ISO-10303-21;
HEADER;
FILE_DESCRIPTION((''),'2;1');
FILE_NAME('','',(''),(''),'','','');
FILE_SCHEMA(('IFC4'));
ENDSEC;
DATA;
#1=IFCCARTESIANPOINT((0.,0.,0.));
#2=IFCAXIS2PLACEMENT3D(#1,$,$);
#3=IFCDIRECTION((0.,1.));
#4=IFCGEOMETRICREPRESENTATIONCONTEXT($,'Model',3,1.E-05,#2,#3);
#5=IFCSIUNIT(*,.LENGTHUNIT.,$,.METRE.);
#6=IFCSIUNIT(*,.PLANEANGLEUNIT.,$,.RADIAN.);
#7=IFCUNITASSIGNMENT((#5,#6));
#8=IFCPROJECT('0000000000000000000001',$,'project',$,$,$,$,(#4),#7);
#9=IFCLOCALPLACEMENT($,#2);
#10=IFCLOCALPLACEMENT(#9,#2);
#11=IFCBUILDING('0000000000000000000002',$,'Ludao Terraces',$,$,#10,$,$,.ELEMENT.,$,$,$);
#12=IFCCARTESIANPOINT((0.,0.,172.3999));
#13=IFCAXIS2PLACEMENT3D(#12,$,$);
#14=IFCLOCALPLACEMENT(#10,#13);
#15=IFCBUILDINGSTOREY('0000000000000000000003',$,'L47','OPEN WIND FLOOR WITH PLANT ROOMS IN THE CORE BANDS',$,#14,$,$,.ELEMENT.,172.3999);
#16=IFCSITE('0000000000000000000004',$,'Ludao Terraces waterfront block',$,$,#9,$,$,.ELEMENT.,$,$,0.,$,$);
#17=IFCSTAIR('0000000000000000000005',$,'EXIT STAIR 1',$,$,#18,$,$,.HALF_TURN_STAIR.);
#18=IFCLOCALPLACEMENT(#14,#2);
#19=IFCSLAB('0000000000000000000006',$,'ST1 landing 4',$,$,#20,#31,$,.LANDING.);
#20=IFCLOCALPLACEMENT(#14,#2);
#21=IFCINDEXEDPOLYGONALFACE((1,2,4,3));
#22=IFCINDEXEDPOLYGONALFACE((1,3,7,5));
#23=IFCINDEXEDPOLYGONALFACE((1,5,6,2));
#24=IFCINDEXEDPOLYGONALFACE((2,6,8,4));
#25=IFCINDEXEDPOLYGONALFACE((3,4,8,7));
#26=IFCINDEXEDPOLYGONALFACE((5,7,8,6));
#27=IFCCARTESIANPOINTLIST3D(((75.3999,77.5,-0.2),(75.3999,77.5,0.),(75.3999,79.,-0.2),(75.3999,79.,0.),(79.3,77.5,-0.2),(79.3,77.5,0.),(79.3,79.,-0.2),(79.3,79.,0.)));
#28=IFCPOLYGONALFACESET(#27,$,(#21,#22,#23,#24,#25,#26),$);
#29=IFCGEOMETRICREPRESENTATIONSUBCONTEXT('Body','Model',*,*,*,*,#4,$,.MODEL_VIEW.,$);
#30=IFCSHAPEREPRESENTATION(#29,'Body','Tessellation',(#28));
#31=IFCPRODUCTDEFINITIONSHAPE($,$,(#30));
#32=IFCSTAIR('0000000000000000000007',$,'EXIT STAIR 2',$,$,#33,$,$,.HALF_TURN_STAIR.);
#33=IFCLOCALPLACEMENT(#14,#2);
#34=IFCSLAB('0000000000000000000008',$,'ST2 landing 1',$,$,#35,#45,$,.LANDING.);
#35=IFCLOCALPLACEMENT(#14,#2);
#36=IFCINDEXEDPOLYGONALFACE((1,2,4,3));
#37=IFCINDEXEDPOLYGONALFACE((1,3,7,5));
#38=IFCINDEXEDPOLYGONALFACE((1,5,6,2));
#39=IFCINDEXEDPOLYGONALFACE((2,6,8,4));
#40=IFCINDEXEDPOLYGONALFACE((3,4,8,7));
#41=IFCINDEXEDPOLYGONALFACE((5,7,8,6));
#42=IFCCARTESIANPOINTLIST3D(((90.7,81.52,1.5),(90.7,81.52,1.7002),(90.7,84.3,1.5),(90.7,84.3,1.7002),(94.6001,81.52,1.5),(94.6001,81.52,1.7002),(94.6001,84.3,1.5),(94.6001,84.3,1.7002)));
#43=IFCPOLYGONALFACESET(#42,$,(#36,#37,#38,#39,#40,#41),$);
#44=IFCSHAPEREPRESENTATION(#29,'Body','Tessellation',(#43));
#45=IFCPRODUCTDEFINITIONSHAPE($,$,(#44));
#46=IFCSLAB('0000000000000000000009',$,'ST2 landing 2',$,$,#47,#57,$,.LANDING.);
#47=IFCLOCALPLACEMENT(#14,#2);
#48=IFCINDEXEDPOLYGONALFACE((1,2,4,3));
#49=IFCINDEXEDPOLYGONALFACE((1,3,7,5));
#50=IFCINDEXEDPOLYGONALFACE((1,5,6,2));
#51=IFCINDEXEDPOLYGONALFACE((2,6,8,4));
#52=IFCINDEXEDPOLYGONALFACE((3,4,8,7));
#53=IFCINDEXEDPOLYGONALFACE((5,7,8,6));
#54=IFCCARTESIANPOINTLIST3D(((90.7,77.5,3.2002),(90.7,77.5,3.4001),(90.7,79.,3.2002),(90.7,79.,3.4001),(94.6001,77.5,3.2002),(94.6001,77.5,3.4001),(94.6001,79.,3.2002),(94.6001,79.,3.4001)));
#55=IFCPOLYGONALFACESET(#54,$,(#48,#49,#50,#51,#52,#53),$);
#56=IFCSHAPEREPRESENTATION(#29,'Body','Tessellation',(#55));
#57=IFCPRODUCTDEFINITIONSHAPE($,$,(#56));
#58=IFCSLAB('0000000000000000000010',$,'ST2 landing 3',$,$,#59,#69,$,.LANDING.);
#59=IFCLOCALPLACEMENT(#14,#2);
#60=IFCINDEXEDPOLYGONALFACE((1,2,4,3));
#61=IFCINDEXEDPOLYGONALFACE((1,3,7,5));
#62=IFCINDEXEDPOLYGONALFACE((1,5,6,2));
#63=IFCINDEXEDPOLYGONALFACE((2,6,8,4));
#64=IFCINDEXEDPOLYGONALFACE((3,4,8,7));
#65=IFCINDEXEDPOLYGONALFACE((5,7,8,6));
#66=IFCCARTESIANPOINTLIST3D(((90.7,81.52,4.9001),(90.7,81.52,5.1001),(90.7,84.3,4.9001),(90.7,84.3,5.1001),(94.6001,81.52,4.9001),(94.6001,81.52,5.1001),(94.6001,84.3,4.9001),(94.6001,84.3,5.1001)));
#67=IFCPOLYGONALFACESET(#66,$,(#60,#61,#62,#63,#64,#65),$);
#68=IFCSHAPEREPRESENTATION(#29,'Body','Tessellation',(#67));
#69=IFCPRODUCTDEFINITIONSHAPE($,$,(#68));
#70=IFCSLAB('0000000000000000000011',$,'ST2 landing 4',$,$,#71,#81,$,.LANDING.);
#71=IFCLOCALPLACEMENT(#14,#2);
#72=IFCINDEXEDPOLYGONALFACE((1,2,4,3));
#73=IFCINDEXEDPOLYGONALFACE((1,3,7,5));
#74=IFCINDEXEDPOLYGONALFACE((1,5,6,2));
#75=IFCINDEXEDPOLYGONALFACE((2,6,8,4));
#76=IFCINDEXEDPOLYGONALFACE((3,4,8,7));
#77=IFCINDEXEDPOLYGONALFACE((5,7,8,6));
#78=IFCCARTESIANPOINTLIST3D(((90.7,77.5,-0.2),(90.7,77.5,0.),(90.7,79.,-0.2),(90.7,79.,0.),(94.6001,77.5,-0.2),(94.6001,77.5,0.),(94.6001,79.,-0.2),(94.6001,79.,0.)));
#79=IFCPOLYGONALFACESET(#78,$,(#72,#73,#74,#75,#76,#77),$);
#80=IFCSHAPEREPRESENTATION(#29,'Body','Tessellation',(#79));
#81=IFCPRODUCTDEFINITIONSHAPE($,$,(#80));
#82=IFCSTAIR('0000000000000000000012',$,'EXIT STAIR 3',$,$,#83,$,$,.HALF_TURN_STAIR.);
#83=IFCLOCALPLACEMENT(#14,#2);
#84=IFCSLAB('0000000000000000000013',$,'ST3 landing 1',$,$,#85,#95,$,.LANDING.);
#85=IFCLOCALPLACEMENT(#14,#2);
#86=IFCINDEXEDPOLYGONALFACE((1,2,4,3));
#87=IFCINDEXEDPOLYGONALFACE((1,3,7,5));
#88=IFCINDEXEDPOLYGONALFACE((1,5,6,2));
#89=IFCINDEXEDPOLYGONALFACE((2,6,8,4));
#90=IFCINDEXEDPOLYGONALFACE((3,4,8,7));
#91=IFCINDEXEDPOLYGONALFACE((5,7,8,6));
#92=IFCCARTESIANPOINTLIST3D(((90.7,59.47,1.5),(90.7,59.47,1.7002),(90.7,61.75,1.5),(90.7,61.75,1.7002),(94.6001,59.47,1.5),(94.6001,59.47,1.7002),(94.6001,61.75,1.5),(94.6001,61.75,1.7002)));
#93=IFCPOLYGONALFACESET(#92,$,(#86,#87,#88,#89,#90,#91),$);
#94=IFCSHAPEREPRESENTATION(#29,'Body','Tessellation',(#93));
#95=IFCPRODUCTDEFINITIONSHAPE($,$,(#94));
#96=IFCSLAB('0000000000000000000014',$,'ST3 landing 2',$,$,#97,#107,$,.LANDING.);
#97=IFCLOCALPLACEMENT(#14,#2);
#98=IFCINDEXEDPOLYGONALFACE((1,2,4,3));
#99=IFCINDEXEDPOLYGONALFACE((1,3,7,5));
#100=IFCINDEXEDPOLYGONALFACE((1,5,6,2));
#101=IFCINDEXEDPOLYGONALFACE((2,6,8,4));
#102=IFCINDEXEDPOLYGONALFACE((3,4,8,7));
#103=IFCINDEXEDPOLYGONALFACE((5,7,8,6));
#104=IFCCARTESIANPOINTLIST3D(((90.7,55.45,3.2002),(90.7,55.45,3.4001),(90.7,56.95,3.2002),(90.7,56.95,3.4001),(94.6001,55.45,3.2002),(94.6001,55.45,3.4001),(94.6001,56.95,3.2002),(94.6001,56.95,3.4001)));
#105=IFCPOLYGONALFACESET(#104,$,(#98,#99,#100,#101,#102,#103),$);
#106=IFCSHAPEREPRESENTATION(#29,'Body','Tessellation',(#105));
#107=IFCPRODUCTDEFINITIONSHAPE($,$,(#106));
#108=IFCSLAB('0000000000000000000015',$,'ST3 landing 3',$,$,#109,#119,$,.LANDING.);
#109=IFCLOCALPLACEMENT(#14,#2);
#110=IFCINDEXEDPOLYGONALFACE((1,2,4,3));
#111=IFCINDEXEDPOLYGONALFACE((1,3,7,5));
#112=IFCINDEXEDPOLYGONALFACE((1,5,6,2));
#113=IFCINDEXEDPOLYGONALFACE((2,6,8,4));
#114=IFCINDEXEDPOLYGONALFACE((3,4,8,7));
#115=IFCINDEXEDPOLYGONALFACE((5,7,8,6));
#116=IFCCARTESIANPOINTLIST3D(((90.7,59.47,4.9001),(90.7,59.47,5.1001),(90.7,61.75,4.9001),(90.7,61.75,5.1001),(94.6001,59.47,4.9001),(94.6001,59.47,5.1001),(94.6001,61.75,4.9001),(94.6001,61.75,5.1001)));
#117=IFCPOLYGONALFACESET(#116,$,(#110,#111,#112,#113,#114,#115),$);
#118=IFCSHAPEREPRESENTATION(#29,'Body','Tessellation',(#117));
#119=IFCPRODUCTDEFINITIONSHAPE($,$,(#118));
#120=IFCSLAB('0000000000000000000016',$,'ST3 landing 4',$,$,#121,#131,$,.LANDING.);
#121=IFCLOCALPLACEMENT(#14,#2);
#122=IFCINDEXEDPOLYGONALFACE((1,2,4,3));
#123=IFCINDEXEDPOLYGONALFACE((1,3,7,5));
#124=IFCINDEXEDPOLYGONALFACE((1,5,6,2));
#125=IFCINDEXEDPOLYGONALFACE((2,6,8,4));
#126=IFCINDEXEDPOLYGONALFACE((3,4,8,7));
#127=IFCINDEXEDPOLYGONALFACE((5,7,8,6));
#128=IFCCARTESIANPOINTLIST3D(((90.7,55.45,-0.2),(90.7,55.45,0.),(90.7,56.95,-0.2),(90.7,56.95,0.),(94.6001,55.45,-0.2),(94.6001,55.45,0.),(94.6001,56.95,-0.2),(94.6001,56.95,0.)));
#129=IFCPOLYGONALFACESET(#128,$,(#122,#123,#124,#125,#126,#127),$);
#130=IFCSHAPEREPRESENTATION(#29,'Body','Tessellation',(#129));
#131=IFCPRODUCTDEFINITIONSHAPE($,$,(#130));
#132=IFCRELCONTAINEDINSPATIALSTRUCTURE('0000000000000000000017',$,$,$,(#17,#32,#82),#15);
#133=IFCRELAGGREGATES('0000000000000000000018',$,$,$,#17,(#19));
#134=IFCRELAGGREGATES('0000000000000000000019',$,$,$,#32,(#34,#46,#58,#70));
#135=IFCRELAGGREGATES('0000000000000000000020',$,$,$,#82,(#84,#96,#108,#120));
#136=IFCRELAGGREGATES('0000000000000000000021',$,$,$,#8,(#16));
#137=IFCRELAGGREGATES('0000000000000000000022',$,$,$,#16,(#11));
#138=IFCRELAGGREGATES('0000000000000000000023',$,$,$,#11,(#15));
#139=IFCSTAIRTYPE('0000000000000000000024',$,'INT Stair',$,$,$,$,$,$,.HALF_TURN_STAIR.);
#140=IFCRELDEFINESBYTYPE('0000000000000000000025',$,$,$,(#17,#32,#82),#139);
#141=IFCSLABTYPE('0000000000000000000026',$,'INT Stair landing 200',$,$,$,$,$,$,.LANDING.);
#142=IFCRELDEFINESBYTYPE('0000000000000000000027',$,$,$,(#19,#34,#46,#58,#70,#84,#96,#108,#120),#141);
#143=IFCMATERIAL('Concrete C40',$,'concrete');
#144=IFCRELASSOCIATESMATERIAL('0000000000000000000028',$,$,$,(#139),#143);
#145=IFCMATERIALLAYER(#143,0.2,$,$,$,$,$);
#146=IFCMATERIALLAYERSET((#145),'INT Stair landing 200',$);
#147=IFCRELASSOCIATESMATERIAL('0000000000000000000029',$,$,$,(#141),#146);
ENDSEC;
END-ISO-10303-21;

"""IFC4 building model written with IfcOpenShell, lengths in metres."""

from ifc_helpers import new_model, si_unit, direction, frame, origin, place, context, subcontext, project, spatial, polyline, outline, extrude, material, layer, layer_set, type_object, element, aggregate, save


model = new_model("IFC4")

# Units and contexts
model_context = context("Model", 3, precision=1e-05, world=origin(), true_north=direction((0.0, 1.0)))
body_context = subcontext(model_context, "Body", "Model", "MODEL_VIEW")
ifc_project = project(units=[si_unit("LENGTHUNIT", "METRE"), si_unit("PLANEANGLEUNIT", "RADIAN")], contexts=[model_context])

# Site, building, storey
site_placement = place(None, origin())
site = spatial("IfcSite", under=ifc_project, at=site_placement, Name="Ludao Terraces waterfront block", CompositionType="ELEMENT", RefElevation=0.0)
building_placement = place(site_placement, origin())
building = spatial("IfcBuilding", under=site, at=building_placement, Name="Ludao Terraces", CompositionType="ELEMENT")
storey_placement = place(building_placement, frame((0.0, 0.0, 172.3999)))
storey = spatial("IfcBuildingStorey", under=building, at=storey_placement, Name="L47", Description="OPEN WIND FLOOR WITH PLANT ROOMS IN THE CORE BANDS", CompositionType="ELEMENT", Elevation=172.3999)

# Shared definitions
ifc_material_1 = material(Name="Concrete C40", Category="concrete")

# Stairs, slabs
stair_type = type_object("IfcStairType", Name="INT Stair", PredefinedType="HALF_TURN_STAIR", material=ifc_material_1)
stair_1_placement = place(storey_placement, origin())
stair_1 = element("IfcStair", 1, at=stair_1_placement, inside=storey, type_object=stair_type, Name="EXIT STAIR 1", PredefinedType="HALF_TURN_STAIR")
ifc_layer_1 = layer(ifc_material_1, 0.2)
ifc_layer_set_1 = layer_set([ifc_layer_1], Name="INT Stair landing 200")
slab_type_1 = type_object("IfcSlabType", Name="INT Stair landing 200", PredefinedType="LANDING", material=ifc_layer_set_1)
slab_1_placement = place(storey_placement, frame((0.0, 0.0, -0.2)))
slab_1 = element("IfcSlab", 2, at=slab_1_placement, type_object=slab_type_1, Name="ST1 landing 4", PredefinedType="LANDING", context=body_context, shape_type="SweptSolid", body=[
    extrude(outline(polyline([(75.3999, 77.5), (79.3, 77.5), (79.3, 79.0), (75.3999, 79.0), (75.3999, 77.5)])), origin(), (0.0, 0.0, 1.0), 0.2),
])
aggregate(stair_1, [slab_1])
stair_2_placement = place(storey_placement, origin())
stair_2 = element("IfcStair", 3, at=stair_2_placement, inside=storey, type_object=stair_type, Name="EXIT STAIR 2", PredefinedType="HALF_TURN_STAIR")
slab_2_placement = place(storey_placement, frame((0.0, 0.0, 1.5)))
slab_2 = element("IfcSlab", 4, at=slab_2_placement, type_object=slab_type_1, Name="ST2 landing 1", PredefinedType="LANDING", context=body_context, shape_type="SweptSolid", body=[
    extrude(outline(polyline([(90.7, 81.52), (94.6001, 81.52), (94.6001, 84.3), (90.7, 84.3), (90.7, 81.52)])), origin(), (0.0, 0.0, 1.0), 0.2002),
])
slab_3_placement = place(storey_placement, frame((0.0, 0.0, 3.2002)))
slab_3 = element("IfcSlab", 5, at=slab_3_placement, type_object=slab_type_1, Name="ST2 landing 2", PredefinedType="LANDING", context=body_context, shape_type="SweptSolid", body=[
    extrude(outline(polyline([(90.7, 77.5), (94.6001, 77.5), (94.6001, 79.0), (90.7, 79.0), (90.7, 77.5)])), origin(), (0.0, 0.0, 1.0), 0.2),
])
slab_4_placement = place(storey_placement, frame((0.0, 0.0, 4.9001)))
slab_4 = element("IfcSlab", 6, at=slab_4_placement, type_object=slab_type_1, Name="ST2 landing 3", PredefinedType="LANDING", context=body_context, shape_type="SweptSolid", body=[
    extrude(outline(polyline([(90.7, 81.52), (94.6001, 81.52), (94.6001, 84.3), (90.7, 84.3), (90.7, 81.52)])), origin(), (0.0, 0.0, 1.0), 0.2),
])
slab_5_placement = place(storey_placement, frame((0.0, 0.0, -0.2)))
slab_5 = element("IfcSlab", 7, at=slab_5_placement, type_object=slab_type_1, Name="ST2 landing 4", PredefinedType="LANDING", context=body_context, shape_type="SweptSolid", body=[
    extrude(outline(polyline([(90.7, 77.5), (94.6001, 77.5), (94.6001, 79.0), (90.7, 79.0), (90.7, 77.5)])), origin(), (0.0, 0.0, 1.0), 0.2),
])
aggregate(stair_2, [slab_2, slab_3, slab_4, slab_5])
stair_3_placement = place(storey_placement, origin())
stair_3 = element("IfcStair", 8, at=stair_3_placement, inside=storey, type_object=stair_type, Name="EXIT STAIR 3", PredefinedType="HALF_TURN_STAIR")
slab_6_placement = place(storey_placement, frame((0.0, 0.0, 1.5)))
slab_6 = element("IfcSlab", 9, at=slab_6_placement, type_object=slab_type_1, Name="ST3 landing 1", PredefinedType="LANDING", context=body_context, shape_type="SweptSolid", body=[
    extrude(outline(polyline([(90.7, 59.47), (94.6001, 59.47), (94.6001, 61.75), (90.7, 61.75), (90.7, 59.47)])), origin(), (0.0, 0.0, 1.0), 0.2002),
])
slab_7_placement = place(storey_placement, frame((0.0, 0.0, 3.2002)))
slab_7 = element("IfcSlab", 10, at=slab_7_placement, type_object=slab_type_1, Name="ST3 landing 2", PredefinedType="LANDING", context=body_context, shape_type="SweptSolid", body=[
    extrude(outline(polyline([(90.7, 55.45), (94.6001, 55.45), (94.6001, 56.95), (90.7, 56.95), (90.7, 55.45)])), origin(), (0.0, 0.0, 1.0), 0.2),
])
slab_8_placement = place(storey_placement, frame((0.0, 0.0, 4.9001)))
slab_8 = element("IfcSlab", 11, at=slab_8_placement, type_object=slab_type_1, Name="ST3 landing 3", PredefinedType="LANDING", context=body_context, shape_type="SweptSolid", body=[
    extrude(outline(polyline([(90.7, 59.47), (94.6001, 59.47), (94.6001, 61.75), (90.7, 61.75), (90.7, 59.47)])), origin(), (0.0, 0.0, 1.0), 0.2),
])
slab_9_placement = place(storey_placement, frame((0.0, 0.0, -0.2)))
slab_9 = element("IfcSlab", 12, at=slab_9_placement, type_object=slab_type_1, Name="ST3 landing 4", PredefinedType="LANDING", context=body_context, shape_type="SweptSolid", body=[
    extrude(outline(polyline([(90.7, 55.45), (94.6001, 55.45), (94.6001, 56.95), (90.7, 56.95), (90.7, 55.45)])), origin(), (0.0, 0.0, 1.0), 0.2),
])
aggregate(stair_3, [slab_6, slab_7, slab_8, slab_9])

save(model, "model.ifc")
